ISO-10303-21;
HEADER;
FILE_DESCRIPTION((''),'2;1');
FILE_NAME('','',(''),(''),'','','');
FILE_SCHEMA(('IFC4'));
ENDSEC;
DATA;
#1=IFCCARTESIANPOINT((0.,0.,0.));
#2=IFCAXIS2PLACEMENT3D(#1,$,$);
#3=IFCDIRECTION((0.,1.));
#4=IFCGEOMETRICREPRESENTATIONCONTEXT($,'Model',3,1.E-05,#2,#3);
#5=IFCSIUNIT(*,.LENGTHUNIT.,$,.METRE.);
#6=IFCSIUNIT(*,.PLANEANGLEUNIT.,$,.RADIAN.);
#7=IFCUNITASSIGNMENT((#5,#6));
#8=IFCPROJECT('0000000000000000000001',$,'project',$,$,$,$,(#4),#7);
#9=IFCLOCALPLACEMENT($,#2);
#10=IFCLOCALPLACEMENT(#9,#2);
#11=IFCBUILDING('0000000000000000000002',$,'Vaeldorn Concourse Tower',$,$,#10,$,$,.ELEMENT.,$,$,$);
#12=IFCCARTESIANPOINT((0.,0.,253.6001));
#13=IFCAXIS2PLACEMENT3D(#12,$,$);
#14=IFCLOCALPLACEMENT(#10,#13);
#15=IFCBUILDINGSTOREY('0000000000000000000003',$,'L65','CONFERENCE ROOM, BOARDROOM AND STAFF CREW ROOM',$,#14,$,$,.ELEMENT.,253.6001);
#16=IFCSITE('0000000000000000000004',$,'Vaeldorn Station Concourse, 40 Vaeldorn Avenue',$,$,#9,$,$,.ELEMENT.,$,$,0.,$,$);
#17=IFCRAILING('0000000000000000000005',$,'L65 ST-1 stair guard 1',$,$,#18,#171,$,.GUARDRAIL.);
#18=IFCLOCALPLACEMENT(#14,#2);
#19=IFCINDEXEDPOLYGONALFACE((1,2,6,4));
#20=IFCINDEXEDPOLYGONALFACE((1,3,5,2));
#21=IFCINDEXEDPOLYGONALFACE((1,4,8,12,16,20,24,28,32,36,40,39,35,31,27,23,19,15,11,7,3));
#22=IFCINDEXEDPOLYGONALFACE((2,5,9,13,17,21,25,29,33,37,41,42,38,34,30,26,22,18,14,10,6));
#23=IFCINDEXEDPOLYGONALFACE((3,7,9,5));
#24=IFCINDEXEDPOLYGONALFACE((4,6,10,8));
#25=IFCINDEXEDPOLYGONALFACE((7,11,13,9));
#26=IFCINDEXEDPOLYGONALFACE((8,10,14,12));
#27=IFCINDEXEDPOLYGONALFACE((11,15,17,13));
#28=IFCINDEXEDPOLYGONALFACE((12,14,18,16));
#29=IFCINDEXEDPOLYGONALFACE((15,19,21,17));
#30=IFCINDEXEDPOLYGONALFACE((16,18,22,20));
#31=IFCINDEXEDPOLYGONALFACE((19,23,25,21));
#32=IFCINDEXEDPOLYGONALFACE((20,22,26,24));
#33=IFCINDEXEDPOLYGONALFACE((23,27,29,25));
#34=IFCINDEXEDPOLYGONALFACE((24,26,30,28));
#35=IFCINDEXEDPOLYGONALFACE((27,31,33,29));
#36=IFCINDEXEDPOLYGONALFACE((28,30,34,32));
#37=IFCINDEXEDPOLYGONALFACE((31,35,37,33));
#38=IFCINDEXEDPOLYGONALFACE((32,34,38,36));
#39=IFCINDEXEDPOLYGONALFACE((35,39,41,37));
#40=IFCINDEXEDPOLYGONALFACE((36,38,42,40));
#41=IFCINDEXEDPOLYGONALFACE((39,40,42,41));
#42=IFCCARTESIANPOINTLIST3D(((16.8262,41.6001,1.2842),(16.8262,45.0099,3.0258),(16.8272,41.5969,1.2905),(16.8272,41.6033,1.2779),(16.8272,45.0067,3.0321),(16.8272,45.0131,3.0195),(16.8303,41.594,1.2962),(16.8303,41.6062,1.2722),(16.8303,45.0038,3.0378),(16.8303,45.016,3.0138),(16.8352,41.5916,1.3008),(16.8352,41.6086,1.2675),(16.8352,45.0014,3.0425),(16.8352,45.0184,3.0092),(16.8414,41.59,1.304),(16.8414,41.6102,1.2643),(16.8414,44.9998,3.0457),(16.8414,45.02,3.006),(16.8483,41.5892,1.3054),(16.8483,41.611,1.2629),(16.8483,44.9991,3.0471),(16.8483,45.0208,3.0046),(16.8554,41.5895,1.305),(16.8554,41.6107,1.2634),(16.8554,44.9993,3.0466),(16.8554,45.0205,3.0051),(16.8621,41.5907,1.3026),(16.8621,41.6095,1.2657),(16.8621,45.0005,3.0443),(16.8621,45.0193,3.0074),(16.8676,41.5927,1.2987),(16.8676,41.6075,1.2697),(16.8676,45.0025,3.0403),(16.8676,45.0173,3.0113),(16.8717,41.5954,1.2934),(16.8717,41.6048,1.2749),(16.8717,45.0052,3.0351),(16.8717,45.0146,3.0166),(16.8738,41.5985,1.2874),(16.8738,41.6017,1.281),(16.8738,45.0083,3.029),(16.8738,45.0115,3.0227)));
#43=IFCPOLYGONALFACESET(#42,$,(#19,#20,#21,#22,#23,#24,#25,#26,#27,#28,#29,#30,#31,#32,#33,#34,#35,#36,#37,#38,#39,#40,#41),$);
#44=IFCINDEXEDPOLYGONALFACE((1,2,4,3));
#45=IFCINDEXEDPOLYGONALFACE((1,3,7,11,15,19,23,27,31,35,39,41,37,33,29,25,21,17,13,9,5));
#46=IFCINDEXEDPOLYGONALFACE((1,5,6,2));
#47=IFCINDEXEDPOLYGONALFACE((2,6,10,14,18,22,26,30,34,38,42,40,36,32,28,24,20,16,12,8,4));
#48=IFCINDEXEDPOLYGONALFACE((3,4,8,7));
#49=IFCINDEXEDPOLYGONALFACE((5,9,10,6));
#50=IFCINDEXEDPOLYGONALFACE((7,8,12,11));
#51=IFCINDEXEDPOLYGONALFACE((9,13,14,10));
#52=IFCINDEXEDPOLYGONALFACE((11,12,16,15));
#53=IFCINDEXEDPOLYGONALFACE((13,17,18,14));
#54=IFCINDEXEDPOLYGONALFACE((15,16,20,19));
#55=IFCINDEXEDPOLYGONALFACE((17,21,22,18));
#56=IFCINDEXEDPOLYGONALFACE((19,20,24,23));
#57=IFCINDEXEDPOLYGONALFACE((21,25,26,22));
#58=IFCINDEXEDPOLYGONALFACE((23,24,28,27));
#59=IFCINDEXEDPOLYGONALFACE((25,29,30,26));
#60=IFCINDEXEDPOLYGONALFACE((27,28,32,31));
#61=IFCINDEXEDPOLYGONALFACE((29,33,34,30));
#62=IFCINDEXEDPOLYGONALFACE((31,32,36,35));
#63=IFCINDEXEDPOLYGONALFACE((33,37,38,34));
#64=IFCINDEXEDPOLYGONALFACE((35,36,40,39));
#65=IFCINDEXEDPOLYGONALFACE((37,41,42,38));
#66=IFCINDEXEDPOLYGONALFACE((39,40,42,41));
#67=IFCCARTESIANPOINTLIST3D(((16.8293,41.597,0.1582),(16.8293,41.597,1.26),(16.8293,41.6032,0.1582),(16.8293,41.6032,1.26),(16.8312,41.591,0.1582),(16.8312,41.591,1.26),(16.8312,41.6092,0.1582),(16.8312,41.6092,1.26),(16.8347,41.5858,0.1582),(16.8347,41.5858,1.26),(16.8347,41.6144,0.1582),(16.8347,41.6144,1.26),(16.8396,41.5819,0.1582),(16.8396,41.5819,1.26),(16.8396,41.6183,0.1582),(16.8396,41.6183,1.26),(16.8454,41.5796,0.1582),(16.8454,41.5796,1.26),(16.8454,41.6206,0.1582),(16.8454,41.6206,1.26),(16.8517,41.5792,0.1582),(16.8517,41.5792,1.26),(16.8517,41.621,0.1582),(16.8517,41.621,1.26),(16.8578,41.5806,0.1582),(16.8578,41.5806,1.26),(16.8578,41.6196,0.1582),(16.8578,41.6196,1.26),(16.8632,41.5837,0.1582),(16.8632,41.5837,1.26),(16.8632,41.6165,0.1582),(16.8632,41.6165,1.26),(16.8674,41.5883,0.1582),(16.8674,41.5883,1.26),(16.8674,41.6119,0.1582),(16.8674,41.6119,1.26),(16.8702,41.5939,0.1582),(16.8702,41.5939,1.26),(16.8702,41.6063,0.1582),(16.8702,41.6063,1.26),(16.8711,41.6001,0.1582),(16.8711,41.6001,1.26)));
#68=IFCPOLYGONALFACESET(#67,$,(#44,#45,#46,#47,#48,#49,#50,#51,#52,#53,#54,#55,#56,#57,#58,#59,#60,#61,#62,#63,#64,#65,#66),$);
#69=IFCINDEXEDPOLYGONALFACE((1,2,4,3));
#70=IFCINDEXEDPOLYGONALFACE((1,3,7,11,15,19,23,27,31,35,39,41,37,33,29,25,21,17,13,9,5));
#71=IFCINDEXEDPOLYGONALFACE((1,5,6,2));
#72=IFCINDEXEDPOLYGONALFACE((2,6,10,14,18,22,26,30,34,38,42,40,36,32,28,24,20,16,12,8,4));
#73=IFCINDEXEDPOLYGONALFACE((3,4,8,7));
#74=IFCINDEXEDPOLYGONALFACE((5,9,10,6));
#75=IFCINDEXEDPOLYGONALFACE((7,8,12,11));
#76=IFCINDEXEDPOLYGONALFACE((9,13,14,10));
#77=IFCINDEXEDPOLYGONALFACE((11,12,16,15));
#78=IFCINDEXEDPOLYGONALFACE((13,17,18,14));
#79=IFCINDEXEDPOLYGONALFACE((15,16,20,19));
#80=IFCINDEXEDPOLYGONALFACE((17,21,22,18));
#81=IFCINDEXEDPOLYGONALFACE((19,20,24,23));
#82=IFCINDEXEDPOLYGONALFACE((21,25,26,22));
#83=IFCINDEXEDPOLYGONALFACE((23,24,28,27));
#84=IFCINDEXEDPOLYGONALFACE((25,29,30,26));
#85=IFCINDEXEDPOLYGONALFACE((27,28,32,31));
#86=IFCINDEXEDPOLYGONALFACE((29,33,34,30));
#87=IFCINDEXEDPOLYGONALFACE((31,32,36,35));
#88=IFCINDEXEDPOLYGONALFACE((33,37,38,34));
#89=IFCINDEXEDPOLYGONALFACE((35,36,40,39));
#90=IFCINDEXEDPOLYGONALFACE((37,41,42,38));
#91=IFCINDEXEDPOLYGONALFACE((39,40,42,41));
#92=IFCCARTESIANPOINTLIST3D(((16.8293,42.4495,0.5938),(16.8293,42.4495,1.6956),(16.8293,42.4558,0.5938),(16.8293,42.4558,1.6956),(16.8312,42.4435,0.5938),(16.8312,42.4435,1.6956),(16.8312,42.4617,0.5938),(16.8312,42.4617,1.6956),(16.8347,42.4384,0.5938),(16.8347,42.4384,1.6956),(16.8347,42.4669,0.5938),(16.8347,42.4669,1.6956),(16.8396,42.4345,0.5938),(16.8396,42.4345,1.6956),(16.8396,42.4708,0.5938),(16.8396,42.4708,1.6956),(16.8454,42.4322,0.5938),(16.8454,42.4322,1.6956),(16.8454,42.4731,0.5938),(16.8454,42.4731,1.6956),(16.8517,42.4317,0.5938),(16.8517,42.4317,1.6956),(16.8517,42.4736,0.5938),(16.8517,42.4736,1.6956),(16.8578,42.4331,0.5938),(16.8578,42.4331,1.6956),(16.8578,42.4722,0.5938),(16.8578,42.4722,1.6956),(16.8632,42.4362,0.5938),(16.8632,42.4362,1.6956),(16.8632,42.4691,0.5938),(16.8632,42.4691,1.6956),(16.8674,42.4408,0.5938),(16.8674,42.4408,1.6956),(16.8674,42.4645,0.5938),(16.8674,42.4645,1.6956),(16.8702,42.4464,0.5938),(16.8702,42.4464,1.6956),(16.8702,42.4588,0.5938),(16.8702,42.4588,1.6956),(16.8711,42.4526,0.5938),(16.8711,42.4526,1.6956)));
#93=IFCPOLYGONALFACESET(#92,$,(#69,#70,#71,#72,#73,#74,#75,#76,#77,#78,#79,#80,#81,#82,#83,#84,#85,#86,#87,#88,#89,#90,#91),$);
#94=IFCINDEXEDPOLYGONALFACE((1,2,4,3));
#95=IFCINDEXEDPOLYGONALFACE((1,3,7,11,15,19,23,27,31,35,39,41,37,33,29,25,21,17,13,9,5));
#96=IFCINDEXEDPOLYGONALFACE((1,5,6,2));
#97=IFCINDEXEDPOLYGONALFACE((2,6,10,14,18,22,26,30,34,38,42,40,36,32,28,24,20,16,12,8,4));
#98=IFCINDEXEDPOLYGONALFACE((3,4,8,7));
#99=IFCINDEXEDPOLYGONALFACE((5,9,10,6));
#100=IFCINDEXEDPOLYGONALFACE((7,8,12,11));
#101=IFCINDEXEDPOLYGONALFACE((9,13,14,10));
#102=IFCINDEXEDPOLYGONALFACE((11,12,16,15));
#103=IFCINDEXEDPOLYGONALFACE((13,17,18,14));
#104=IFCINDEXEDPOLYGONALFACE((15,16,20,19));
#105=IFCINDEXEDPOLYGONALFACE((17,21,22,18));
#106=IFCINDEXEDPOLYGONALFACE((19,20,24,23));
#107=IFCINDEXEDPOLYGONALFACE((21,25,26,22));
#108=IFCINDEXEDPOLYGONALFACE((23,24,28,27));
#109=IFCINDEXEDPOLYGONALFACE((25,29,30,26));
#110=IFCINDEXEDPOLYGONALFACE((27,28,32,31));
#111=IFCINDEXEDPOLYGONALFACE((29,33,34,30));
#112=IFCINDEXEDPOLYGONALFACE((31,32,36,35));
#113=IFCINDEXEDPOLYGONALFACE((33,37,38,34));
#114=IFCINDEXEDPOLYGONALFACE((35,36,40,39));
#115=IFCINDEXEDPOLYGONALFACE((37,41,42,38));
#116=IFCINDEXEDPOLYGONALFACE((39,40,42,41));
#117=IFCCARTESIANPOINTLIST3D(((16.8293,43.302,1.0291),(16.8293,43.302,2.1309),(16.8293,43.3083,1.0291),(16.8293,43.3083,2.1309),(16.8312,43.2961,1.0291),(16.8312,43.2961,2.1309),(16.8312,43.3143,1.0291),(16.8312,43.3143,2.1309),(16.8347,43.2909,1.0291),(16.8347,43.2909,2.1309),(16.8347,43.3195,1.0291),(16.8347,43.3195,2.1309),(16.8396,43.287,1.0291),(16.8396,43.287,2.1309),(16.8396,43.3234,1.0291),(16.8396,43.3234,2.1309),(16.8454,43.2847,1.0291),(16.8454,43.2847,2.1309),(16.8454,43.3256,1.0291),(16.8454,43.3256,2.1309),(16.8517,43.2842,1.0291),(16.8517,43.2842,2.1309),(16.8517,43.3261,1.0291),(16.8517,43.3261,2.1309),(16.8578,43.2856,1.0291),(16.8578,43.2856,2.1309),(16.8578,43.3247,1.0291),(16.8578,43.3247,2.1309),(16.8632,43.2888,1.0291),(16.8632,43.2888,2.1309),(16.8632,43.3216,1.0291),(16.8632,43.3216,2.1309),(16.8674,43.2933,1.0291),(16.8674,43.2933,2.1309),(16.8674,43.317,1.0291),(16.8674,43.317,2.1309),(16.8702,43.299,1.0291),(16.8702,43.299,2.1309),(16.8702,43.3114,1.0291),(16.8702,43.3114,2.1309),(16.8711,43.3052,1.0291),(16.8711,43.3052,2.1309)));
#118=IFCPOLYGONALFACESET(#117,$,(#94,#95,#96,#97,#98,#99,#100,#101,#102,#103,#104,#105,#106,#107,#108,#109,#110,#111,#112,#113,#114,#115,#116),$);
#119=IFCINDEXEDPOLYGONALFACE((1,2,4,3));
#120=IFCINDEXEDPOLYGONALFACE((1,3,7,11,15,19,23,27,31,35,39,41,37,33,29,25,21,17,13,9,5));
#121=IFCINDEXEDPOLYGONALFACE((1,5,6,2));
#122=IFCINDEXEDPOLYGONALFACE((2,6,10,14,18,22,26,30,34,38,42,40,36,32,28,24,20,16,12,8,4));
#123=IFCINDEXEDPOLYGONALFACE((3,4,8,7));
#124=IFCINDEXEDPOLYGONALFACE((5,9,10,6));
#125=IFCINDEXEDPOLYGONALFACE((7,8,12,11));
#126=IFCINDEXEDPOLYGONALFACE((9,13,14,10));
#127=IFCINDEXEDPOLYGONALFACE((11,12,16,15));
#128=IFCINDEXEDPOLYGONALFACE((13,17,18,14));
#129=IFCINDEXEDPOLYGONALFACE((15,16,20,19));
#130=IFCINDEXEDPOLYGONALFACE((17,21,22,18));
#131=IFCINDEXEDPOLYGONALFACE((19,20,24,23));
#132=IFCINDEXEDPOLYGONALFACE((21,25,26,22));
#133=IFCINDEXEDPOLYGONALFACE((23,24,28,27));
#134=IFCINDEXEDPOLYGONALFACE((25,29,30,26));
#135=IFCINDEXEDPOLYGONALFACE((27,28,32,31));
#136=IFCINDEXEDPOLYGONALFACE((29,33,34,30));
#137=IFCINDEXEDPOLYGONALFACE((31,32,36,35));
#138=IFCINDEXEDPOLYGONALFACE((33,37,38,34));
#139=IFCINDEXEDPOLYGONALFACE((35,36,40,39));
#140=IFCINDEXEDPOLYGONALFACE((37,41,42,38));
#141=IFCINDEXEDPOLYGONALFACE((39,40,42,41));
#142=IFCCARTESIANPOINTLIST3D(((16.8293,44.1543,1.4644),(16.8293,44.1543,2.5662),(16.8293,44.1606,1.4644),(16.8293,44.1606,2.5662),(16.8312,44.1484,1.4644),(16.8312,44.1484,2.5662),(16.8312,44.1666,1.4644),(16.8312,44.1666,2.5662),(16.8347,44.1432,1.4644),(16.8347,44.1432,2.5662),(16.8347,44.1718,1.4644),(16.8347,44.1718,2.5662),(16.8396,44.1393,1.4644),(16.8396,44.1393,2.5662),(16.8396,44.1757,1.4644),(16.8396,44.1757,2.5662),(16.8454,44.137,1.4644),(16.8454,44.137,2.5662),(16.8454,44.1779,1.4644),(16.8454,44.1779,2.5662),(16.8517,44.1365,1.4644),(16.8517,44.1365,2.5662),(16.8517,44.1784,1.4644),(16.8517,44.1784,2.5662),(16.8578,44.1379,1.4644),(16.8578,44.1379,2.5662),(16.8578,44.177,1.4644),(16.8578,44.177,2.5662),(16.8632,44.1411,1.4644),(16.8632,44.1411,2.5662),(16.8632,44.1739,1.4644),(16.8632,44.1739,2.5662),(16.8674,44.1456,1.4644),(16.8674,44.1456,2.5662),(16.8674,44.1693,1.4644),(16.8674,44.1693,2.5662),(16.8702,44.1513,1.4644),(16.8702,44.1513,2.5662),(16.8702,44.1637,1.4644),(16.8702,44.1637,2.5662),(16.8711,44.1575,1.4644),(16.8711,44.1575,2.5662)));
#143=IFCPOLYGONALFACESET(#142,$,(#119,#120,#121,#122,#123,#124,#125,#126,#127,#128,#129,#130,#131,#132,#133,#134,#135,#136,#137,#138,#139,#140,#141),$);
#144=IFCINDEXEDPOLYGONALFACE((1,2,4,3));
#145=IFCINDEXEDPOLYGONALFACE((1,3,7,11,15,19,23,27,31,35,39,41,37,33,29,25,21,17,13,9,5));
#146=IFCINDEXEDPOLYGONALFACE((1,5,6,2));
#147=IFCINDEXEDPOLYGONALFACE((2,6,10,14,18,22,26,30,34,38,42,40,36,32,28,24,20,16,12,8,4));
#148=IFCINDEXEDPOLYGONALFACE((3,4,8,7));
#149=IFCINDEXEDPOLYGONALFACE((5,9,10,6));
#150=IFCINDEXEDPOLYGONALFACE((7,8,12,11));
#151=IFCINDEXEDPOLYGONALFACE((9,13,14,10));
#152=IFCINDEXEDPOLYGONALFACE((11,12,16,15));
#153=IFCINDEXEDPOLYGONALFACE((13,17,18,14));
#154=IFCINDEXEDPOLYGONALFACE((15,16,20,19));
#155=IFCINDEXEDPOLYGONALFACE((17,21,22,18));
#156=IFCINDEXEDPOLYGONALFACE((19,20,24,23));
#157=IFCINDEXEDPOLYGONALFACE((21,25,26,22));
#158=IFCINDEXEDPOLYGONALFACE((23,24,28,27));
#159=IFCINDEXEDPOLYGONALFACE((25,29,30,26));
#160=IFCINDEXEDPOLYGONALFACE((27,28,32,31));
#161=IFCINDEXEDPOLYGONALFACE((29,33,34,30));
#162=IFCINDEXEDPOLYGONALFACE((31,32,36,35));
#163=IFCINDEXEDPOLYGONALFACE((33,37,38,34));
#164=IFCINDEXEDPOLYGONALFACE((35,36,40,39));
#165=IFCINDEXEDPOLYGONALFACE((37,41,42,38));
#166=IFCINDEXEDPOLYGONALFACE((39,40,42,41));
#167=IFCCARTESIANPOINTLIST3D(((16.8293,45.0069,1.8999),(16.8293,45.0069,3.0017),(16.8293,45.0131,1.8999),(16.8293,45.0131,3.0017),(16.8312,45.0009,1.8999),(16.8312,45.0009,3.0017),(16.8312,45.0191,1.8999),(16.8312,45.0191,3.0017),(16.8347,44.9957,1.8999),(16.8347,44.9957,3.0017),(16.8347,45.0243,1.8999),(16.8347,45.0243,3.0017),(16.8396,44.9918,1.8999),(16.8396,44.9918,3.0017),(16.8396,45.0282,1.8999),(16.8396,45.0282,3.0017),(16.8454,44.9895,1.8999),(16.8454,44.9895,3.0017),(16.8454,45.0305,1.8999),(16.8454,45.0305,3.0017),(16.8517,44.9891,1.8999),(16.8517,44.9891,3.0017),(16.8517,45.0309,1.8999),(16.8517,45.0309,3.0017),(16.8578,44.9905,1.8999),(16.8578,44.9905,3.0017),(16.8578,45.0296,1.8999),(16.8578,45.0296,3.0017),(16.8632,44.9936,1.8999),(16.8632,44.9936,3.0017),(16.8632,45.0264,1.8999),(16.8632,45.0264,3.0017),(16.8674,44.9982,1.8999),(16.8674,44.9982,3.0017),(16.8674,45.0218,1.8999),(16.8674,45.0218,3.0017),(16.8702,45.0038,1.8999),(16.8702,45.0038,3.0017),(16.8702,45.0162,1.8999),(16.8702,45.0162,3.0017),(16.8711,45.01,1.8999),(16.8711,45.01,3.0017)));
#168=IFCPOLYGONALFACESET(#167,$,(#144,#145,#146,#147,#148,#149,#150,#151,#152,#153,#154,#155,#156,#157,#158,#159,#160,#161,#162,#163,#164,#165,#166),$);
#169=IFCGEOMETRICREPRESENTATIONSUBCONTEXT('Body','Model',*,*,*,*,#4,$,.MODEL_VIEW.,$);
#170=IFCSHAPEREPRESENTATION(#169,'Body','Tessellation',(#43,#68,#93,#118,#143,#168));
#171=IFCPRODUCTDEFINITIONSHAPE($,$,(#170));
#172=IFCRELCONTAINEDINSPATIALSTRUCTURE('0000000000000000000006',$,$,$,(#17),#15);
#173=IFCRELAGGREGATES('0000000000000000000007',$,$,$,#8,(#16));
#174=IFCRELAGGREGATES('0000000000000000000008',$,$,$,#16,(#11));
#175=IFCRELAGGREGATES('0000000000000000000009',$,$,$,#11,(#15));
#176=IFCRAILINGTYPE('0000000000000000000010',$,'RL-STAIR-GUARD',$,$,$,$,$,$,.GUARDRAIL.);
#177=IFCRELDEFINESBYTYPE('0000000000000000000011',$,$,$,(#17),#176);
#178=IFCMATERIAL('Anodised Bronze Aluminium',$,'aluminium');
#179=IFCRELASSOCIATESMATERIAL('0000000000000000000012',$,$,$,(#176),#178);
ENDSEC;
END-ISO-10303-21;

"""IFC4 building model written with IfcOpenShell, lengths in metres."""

from ifc_helpers import new_model, si_unit, direction, frame, origin, origin_2d, place, context, subcontext, project, spatial, circle, extrude, material, type_object, element, save


model = new_model("IFC4")

# Units and contexts
model_context = context("Model", 3, precision=1e-05, world=origin(), true_north=direction((0.0, 1.0)))
body_context = subcontext(model_context, "Body", "Model", "MODEL_VIEW")
ifc_project = project(units=[si_unit("LENGTHUNIT", "METRE"), si_unit("PLANEANGLEUNIT", "RADIAN")], contexts=[model_context])

# Site, building, storey
site_placement = place(None, origin())
site = spatial("IfcSite", under=ifc_project, at=site_placement, Name="Vaeldorn Station Concourse, 40 Vaeldorn Avenue", CompositionType="ELEMENT", RefElevation=0.0)
building_placement = place(site_placement, origin())
building = spatial("IfcBuilding", under=site, at=building_placement, Name="Vaeldorn Concourse Tower", CompositionType="ELEMENT")
storey_placement = place(building_placement, frame((0.0, 0.0, 253.6001)))
storey = spatial("IfcBuildingStorey", under=building, at=storey_placement, Name="L65", Description="CONFERENCE ROOM, BOARDROOM AND STAFF CREW ROOM", CompositionType="ELEMENT", Elevation=253.6001)

# Shared definitions
ifc_material_1 = material(Name="Anodised Bronze Aluminium", Category="aluminium")

# Railing
railing_type_1 = type_object("IfcRailingType", Name="RL-STAIR-GUARD", PredefinedType="GUARDRAIL", material=ifc_material_1)
railing_1_placement = place(storey_placement, frame((16.8501, 41.6001, 0.1582)))
element("IfcRailing", 1, at=railing_1_placement, inside=storey, type_object=railing_type_1, Name="L65 ST-1 stair guard 1", PredefinedType="GUARDRAIL", context=body_context, shape_type="SweptSolid", body=[
    extrude(circle(Radius=0.0239, at=origin_2d()), frame((0.0, 0.0, 1.126), z_axis=(0.0, 0.890556, 0.454874), x_axis=(-1.0, 0.0, 0.0)), (0.0, 0.0, 1.0), 3.8289),
    extrude(circle(Radius=0.021, at=origin_2d()), origin(), (0.0, 0.0, 1.0), 1.1018),
    extrude(circle(Radius=0.021, at=origin_2d()), frame((0.0, 0.8525, 0.4355)), (0.0, 0.0, 1.0), 1.1018),
    extrude(circle(Radius=0.021, at=origin_2d()), frame((0.0, 1.7051, 0.8708)), (0.0, 0.0, 1.0), 1.1018),
    extrude(circle(Radius=0.021, at=origin_2d()), frame((0.0, 2.5574, 1.3062)), (0.0, 0.0, 1.0), 1.1018),
    extrude(circle(Radius=0.021, at=origin_2d()), frame((0.0, 3.4099, 1.7417)), (0.0, 0.0, 1.0), 1.1018),
])

save(model, "model.ifc")
